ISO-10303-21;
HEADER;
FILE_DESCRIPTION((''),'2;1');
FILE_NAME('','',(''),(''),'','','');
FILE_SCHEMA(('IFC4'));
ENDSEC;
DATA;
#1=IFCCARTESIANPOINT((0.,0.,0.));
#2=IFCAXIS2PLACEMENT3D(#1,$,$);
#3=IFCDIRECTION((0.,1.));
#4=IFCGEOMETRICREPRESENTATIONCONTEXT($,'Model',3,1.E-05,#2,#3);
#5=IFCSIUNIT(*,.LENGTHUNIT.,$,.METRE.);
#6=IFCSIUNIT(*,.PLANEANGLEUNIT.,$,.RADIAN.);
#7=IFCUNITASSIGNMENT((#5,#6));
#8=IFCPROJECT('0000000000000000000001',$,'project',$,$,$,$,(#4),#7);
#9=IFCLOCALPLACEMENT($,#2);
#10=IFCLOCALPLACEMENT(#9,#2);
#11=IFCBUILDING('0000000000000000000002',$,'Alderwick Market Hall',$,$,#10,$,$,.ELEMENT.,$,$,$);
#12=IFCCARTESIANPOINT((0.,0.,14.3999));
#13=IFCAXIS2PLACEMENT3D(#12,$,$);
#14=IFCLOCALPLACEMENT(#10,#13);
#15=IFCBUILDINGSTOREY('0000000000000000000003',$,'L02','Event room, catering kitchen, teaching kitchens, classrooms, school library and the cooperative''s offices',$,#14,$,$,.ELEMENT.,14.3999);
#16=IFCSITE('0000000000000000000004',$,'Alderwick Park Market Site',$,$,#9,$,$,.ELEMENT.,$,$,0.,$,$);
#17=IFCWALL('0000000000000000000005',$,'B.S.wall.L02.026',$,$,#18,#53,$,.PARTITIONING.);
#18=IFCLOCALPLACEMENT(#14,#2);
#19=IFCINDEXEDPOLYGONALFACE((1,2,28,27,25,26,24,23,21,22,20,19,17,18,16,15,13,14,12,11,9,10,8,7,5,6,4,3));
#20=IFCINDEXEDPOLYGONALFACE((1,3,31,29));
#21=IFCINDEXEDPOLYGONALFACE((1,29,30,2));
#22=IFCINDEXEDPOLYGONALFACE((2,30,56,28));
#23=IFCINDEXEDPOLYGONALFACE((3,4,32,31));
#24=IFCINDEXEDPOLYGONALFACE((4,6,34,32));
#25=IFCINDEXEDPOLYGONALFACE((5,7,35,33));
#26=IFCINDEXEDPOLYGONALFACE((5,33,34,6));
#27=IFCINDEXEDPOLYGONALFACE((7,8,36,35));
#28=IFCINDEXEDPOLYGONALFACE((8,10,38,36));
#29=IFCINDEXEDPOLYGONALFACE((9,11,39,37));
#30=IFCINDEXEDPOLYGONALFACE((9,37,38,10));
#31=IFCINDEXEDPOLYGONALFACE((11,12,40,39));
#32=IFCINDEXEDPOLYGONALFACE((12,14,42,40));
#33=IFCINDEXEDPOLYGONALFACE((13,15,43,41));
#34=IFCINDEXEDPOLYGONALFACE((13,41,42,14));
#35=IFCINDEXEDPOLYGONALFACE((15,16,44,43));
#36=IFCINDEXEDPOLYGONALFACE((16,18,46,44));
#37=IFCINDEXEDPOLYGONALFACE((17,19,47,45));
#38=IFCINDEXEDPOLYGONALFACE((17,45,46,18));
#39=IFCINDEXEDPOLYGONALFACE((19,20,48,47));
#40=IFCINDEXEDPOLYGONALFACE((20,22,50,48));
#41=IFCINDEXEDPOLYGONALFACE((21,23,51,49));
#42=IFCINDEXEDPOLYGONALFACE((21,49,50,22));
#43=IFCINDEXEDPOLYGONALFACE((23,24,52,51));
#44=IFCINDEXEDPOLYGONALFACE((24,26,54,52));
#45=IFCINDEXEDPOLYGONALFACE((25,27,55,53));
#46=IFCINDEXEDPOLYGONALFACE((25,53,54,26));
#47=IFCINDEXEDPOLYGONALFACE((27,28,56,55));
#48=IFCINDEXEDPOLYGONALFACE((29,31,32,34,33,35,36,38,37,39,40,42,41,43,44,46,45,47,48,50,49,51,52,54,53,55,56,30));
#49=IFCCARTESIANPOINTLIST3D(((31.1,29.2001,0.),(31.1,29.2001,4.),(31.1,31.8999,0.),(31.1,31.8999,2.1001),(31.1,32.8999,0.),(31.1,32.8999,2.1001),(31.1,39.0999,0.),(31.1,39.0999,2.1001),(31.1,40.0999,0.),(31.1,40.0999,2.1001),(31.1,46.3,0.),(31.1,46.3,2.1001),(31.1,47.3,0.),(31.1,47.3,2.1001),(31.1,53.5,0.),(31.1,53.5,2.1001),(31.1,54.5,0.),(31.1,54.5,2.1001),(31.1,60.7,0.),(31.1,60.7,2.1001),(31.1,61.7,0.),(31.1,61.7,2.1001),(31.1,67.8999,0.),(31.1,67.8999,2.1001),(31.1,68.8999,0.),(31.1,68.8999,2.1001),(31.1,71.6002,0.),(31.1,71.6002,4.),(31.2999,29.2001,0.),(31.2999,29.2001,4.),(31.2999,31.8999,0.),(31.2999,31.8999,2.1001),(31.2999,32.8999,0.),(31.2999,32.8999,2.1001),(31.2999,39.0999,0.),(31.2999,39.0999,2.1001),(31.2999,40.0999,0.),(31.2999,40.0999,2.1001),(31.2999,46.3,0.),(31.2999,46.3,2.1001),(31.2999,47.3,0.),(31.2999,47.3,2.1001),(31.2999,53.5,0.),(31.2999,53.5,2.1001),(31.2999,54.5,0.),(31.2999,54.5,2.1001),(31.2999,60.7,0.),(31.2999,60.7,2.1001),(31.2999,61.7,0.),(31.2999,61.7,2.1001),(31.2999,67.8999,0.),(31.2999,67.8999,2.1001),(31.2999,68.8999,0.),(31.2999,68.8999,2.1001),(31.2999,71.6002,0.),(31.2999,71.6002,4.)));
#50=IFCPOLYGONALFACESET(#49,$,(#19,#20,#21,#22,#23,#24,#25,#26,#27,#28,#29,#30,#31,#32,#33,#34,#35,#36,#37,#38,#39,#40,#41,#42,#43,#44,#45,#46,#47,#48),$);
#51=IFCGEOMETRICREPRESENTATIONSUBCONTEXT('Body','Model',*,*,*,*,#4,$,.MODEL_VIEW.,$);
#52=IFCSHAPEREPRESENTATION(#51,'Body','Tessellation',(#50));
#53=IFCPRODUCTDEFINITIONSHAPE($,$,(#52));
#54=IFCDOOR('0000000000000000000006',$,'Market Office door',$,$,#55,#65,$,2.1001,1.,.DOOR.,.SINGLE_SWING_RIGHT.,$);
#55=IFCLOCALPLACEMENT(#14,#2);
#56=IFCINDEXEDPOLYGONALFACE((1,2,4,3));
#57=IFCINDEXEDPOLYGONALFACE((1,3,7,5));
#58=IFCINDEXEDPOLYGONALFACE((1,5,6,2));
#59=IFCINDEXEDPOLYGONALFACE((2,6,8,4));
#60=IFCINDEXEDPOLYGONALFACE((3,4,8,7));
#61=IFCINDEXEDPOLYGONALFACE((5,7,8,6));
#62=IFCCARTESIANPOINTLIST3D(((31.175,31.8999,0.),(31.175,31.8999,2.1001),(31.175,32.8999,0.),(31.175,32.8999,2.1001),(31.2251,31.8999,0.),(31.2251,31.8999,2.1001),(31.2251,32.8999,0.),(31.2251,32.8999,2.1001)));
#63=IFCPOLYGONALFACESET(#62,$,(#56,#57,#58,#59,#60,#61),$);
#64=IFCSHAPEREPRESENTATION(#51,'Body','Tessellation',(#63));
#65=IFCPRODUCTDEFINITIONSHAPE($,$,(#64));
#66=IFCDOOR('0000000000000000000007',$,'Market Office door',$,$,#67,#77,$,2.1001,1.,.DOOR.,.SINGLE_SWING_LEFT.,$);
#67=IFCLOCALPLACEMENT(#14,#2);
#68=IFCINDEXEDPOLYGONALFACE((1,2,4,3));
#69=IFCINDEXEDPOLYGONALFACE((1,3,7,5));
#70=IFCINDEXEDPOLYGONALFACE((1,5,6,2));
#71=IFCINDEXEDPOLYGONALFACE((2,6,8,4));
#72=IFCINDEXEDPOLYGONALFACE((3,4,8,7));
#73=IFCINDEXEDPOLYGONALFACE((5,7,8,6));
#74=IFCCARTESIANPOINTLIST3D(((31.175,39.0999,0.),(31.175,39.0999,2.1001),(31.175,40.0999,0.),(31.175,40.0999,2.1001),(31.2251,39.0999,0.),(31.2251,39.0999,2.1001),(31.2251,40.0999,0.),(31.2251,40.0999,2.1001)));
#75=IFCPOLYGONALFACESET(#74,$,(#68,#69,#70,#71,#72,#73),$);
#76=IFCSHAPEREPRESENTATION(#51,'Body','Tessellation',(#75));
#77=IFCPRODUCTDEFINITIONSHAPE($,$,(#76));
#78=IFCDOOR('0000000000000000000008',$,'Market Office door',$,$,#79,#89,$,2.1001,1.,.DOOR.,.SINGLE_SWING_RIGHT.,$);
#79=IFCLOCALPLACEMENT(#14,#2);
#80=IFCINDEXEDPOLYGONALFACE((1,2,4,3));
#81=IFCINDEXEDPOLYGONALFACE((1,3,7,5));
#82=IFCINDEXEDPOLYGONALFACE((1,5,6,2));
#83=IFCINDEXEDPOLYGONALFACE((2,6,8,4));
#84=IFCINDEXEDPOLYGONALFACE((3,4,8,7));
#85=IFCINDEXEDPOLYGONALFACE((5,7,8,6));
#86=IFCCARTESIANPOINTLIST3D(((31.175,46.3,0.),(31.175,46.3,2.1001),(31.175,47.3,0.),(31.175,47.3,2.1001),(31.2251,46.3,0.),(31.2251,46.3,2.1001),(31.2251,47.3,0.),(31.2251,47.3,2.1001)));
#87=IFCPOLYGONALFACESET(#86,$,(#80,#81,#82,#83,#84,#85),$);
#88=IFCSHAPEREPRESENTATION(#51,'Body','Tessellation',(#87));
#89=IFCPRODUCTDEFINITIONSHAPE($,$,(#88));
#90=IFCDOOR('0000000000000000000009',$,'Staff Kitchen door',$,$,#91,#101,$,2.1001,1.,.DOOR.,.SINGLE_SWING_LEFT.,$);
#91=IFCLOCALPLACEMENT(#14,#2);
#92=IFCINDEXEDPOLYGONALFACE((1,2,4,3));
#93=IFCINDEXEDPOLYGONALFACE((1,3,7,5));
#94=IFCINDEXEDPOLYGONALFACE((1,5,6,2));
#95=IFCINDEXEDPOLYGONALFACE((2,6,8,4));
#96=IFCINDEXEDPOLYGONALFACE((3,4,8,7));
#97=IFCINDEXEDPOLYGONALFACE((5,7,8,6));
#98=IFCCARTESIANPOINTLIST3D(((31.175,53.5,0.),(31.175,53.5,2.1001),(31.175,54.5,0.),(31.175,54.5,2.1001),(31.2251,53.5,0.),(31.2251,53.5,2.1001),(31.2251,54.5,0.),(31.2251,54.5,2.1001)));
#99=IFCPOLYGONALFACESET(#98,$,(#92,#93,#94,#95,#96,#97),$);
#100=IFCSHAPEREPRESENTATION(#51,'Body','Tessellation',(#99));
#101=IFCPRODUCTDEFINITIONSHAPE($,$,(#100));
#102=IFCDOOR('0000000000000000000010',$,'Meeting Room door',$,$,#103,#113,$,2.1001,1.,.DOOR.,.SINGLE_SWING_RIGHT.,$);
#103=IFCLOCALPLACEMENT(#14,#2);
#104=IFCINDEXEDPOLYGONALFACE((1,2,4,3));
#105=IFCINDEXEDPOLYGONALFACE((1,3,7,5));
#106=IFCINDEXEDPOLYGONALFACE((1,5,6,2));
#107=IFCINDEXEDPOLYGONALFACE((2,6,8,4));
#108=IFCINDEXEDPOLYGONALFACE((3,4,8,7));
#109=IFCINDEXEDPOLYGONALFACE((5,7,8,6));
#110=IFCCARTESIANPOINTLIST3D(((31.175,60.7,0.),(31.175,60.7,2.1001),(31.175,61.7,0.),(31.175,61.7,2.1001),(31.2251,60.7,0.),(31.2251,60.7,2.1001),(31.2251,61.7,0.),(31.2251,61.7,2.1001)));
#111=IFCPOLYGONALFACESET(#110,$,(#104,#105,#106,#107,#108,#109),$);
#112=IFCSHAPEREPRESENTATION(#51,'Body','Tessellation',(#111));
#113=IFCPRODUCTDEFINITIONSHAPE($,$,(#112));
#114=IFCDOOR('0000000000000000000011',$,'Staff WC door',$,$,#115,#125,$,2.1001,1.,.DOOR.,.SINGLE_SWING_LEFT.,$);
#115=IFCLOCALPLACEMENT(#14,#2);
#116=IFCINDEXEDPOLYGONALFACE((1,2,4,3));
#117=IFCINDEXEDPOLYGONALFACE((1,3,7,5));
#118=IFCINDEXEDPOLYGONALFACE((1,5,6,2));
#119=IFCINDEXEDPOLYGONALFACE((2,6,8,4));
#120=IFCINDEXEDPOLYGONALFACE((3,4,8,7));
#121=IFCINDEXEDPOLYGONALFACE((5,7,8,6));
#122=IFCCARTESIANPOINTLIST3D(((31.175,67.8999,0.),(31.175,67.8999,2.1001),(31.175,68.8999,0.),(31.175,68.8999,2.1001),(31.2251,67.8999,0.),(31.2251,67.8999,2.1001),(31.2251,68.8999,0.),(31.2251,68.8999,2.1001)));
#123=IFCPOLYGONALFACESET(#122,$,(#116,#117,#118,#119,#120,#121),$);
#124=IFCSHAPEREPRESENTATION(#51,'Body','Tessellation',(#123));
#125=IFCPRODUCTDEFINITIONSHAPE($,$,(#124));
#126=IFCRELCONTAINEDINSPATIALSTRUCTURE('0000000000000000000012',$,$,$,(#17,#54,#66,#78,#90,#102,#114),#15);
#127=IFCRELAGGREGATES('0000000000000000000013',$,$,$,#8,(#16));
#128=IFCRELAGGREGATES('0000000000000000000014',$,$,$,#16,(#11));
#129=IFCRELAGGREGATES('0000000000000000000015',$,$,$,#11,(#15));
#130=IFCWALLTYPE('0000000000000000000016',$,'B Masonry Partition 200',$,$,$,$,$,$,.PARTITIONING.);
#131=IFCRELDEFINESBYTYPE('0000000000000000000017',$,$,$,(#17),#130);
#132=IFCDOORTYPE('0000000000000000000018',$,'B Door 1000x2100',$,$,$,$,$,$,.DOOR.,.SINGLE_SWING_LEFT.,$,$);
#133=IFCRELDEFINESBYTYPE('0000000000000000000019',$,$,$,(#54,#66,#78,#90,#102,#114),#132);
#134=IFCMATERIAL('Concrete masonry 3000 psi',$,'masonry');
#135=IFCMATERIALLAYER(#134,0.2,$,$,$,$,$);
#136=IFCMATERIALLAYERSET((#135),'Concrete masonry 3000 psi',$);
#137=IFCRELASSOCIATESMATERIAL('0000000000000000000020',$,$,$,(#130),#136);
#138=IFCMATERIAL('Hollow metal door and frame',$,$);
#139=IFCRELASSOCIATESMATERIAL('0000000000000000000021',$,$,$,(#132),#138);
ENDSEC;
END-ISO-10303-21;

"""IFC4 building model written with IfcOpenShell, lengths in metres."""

from ifc_helpers import new_model, si_unit, direction, frame, frame_2d, origin, place, context, subcontext, project, spatial, rectangle, extrude, material, layer, layer_set, type_object, element, fill, save


model = new_model("IFC4")

# Units and contexts
model_context = context("Model", 3, precision=1e-05, world=origin(), true_north=direction((0.0, 1.0)))
body_context = subcontext(model_context, "Body", "Model", "MODEL_VIEW")
ifc_project = project(units=[si_unit("LENGTHUNIT", "METRE"), si_unit("PLANEANGLEUNIT", "RADIAN")], contexts=[model_context])

# Site, building, storey
site_placement = place(None, origin())
site = spatial("IfcSite", under=ifc_project, at=site_placement, Name="Alderwick Park Market Site", CompositionType="ELEMENT", RefElevation=0.0)
building_placement = place(site_placement, origin())
building = spatial("IfcBuilding", under=site, at=building_placement, Name="Alderwick Market Hall", CompositionType="ELEMENT")
storey_placement = place(building_placement, frame((0.0, 0.0, 14.3999)))
storey = spatial("IfcBuildingStorey", under=building, at=storey_placement, Name="L02", Description="Event room, catering kitchen, teaching kitchens, classrooms, school library and the cooperative's offices", CompositionType="ELEMENT", Elevation=14.3999)

# Wall, openings, doors
ifc_material_1 = material(Name="Concrete masonry 3000 psi", Category="masonry")
ifc_layer_1 = layer(ifc_material_1, 0.2)
ifc_layer_set_1 = layer_set([ifc_layer_1], Name="Concrete masonry 3000 psi")
wall_type_1 = type_object("IfcWallType", Name="B Masonry Partition 200", PredefinedType="PARTITIONING", material=ifc_layer_set_1)
wall_1_placement = place(storey_placement, frame((31.2, 29.2, 0.0), z_axis=(0.0, 0.0, 1.0), x_axis=(0.0, 1.0, 0.0)))
wall_1 = element("IfcWall", 1, at=wall_1_placement, inside=storey, type_object=wall_type_1, Name="B.S.wall.L02.026", PredefinedType="PARTITIONING", context=body_context, shape_type="SweptSolid", body=[
    extrude(rectangle(XDim=42.4001, YDim=0.2, at=frame_2d((21.2002, 0.0))), origin(), (0.0, 0.0, 1.0), 4.0),
])
opening_1_placement = place(wall_1_placement, frame((2.7, 0.0, 0.0)))
opening_1 = element("IfcOpeningElement", 2, at=opening_1_placement, cuts=wall_1, PredefinedType="OPENING", context=body_context, shape_type="SweptSolid", body=[
    extrude(rectangle(XDim=1.0, YDim=2.1001, at=frame_2d((0.5, 1.05))), frame((0.0, 0.1099, 0.0), z_axis=(0.0, -1.0, 0.0), x_axis=(1.0, 0.0, 0.0)), (0.0, 0.0, 1.0), 0.22),
])
opening_2_placement = place(wall_1_placement, frame((9.8999, 0.0, 0.0)))
opening_2 = element("IfcOpeningElement", 3, at=opening_2_placement, cuts=wall_1, PredefinedType="OPENING", context=body_context, shape_type="SweptSolid", body=[
    extrude(rectangle(XDim=1.0, YDim=2.1001, at=frame_2d((0.5, 1.05))), frame((0.0, 0.1099, 0.0), z_axis=(0.0, -1.0, 0.0), x_axis=(1.0, 0.0, 0.0)), (0.0, 0.0, 1.0), 0.22),
])
opening_3_placement = place(wall_1_placement, frame((17.1001, 0.0, 0.0)))
opening_3 = element("IfcOpeningElement", 4, at=opening_3_placement, cuts=wall_1, PredefinedType="OPENING", context=body_context, shape_type="SweptSolid", body=[
    extrude(rectangle(XDim=1.0, YDim=2.1001, at=frame_2d((0.5, 1.05))), frame((0.0, 0.1099, 0.0), z_axis=(0.0, -1.0, 0.0), x_axis=(1.0, 0.0, 0.0)), (0.0, 0.0, 1.0), 0.22),
])
opening_4_placement = place(wall_1_placement, frame((24.3, 0.0, 0.0)))
opening_4 = element("IfcOpeningElement", 5, at=opening_4_placement, cuts=wall_1, PredefinedType="OPENING", context=body_context, shape_type="SweptSolid", body=[
    extrude(rectangle(XDim=1.0, YDim=2.1001, at=frame_2d((0.5, 1.05))), frame((0.0, 0.1099, 0.0), z_axis=(0.0, -1.0, 0.0), x_axis=(1.0, 0.0, 0.0)), (0.0, 0.0, 1.0), 0.22),
])
opening_5_placement = place(wall_1_placement, frame((31.5, 0.0, 0.0)))
opening_5 = element("IfcOpeningElement", 6, at=opening_5_placement, cuts=wall_1, PredefinedType="OPENING", context=body_context, shape_type="SweptSolid", body=[
    extrude(rectangle(XDim=1.0, YDim=2.1001, at=frame_2d((0.5, 1.05))), frame((0.0, 0.1099, 0.0), z_axis=(0.0, -1.0, 0.0), x_axis=(1.0, 0.0, 0.0)), (0.0, 0.0, 1.0), 0.22),
])
opening_6_placement = place(wall_1_placement, frame((38.7, 0.0, 0.0)))
opening_6 = element("IfcOpeningElement", 7, at=opening_6_placement, cuts=wall_1, PredefinedType="OPENING", context=body_context, shape_type="SweptSolid", body=[
    extrude(rectangle(XDim=1.0, YDim=2.1001, at=frame_2d((0.5, 1.05))), frame((0.0, 0.1099, 0.0), z_axis=(0.0, -1.0, 0.0), x_axis=(1.0, 0.0, 0.0)), (0.0, 0.0, 1.0), 0.22),
])
ifc_material_2 = material(Name="Hollow metal door and frame")
door_type_1 = type_object("IfcDoorType", Name="B Door 1000x2100", OperationType="SINGLE_SWING_LEFT", PredefinedType="DOOR", material=ifc_material_2)
door_1_placement = place(opening_1_placement, origin())
door_1 = element("IfcDoor", 8, at=door_1_placement, inside=storey, type_object=door_type_1, Name="Market Office door", OperationType="SINGLE_SWING_RIGHT", OverallHeight=2.1001, OverallWidth=1.0, PredefinedType="DOOR", context=body_context, shape_type="SweptSolid", body=[
    extrude(rectangle(XDim=1.0, YDim=2.1001, at=frame_2d((0.5, 1.05))), frame((0.0, 0.0249, 0.0), z_axis=(0.0, -1.0, 0.0), x_axis=(1.0, 0.0, 0.0)), (0.0, 0.0, 1.0), 0.05),
])
fill(opening_1, door_1)
door_2_placement = place(opening_2_placement, origin())
door_2 = element("IfcDoor", 9, at=door_2_placement, inside=storey, type_object=door_type_1, Name="Market Office door", OperationType="SINGLE_SWING_LEFT", OverallHeight=2.1001, OverallWidth=1.0, PredefinedType="DOOR", context=body_context, shape_type="SweptSolid", body=[
    extrude(rectangle(XDim=1.0, YDim=2.1001, at=frame_2d((0.5, 1.05))), frame((0.0, 0.0249, 0.0), z_axis=(0.0, -1.0, 0.0), x_axis=(1.0, 0.0, 0.0)), (0.0, 0.0, 1.0), 0.05),
])
fill(opening_2, door_2)
door_3_placement = place(opening_3_placement, origin())
door_3 = element("IfcDoor", 10, at=door_3_placement, inside=storey, type_object=door_type_1, Name="Market Office door", OperationType="SINGLE_SWING_RIGHT", OverallHeight=2.1001, OverallWidth=1.0, PredefinedType="DOOR", context=body_context, shape_type="SweptSolid", body=[
    extrude(rectangle(XDim=1.0, YDim=2.1001, at=frame_2d((0.5, 1.05))), frame((0.0, 0.0249, 0.0), z_axis=(0.0, -1.0, 0.0), x_axis=(1.0, 0.0, 0.0)), (0.0, 0.0, 1.0), 0.05),
])
fill(opening_3, door_3)
door_4_placement = place(opening_4_placement, origin())
door_4 = element("IfcDoor", 11, at=door_4_placement, inside=storey, type_object=door_type_1, Name="Staff Kitchen door", OperationType="SINGLE_SWING_LEFT", OverallHeight=2.1001, OverallWidth=1.0, PredefinedType="DOOR", context=body_context, shape_type="SweptSolid", body=[
    extrude(rectangle(XDim=1.0, YDim=2.1001, at=frame_2d((0.5, 1.05))), frame((0.0, 0.0249, 0.0), z_axis=(0.0, -1.0, 0.0), x_axis=(1.0, 0.0, 0.0)), (0.0, 0.0, 1.0), 0.05),
])
fill(opening_4, door_4)
door_5_placement = place(opening_5_placement, origin())
door_5 = element("IfcDoor", 12, at=door_5_placement, inside=storey, type_object=door_type_1, Name="Meeting Room door", OperationType="SINGLE_SWING_RIGHT", OverallHeight=2.1001, OverallWidth=1.0, PredefinedType="DOOR", context=body_context, shape_type="SweptSolid", body=[
    extrude(rectangle(XDim=1.0, YDim=2.1001, at=frame_2d((0.5, 1.05))), frame((0.0, 0.0249, 0.0), z_axis=(0.0, -1.0, 0.0), x_axis=(1.0, 0.0, 0.0)), (0.0, 0.0, 1.0), 0.05),
])
fill(opening_5, door_5)
door_6_placement = place(opening_6_placement, origin())
door_6 = element("IfcDoor", 13, at=door_6_placement, inside=storey, type_object=door_type_1, Name="Staff WC door", OperationType="SINGLE_SWING_LEFT", OverallHeight=2.1001, OverallWidth=1.0, PredefinedType="DOOR", context=body_context, shape_type="SweptSolid", body=[
    extrude(rectangle(XDim=1.0, YDim=2.1001, at=frame_2d((0.5, 1.05))), frame((0.0, 0.0249, 0.0), z_axis=(0.0, -1.0, 0.0), x_axis=(1.0, 0.0, 0.0)), (0.0, 0.0, 1.0), 0.05),
])
fill(opening_6, door_6)

save(model, "model.ifc")
